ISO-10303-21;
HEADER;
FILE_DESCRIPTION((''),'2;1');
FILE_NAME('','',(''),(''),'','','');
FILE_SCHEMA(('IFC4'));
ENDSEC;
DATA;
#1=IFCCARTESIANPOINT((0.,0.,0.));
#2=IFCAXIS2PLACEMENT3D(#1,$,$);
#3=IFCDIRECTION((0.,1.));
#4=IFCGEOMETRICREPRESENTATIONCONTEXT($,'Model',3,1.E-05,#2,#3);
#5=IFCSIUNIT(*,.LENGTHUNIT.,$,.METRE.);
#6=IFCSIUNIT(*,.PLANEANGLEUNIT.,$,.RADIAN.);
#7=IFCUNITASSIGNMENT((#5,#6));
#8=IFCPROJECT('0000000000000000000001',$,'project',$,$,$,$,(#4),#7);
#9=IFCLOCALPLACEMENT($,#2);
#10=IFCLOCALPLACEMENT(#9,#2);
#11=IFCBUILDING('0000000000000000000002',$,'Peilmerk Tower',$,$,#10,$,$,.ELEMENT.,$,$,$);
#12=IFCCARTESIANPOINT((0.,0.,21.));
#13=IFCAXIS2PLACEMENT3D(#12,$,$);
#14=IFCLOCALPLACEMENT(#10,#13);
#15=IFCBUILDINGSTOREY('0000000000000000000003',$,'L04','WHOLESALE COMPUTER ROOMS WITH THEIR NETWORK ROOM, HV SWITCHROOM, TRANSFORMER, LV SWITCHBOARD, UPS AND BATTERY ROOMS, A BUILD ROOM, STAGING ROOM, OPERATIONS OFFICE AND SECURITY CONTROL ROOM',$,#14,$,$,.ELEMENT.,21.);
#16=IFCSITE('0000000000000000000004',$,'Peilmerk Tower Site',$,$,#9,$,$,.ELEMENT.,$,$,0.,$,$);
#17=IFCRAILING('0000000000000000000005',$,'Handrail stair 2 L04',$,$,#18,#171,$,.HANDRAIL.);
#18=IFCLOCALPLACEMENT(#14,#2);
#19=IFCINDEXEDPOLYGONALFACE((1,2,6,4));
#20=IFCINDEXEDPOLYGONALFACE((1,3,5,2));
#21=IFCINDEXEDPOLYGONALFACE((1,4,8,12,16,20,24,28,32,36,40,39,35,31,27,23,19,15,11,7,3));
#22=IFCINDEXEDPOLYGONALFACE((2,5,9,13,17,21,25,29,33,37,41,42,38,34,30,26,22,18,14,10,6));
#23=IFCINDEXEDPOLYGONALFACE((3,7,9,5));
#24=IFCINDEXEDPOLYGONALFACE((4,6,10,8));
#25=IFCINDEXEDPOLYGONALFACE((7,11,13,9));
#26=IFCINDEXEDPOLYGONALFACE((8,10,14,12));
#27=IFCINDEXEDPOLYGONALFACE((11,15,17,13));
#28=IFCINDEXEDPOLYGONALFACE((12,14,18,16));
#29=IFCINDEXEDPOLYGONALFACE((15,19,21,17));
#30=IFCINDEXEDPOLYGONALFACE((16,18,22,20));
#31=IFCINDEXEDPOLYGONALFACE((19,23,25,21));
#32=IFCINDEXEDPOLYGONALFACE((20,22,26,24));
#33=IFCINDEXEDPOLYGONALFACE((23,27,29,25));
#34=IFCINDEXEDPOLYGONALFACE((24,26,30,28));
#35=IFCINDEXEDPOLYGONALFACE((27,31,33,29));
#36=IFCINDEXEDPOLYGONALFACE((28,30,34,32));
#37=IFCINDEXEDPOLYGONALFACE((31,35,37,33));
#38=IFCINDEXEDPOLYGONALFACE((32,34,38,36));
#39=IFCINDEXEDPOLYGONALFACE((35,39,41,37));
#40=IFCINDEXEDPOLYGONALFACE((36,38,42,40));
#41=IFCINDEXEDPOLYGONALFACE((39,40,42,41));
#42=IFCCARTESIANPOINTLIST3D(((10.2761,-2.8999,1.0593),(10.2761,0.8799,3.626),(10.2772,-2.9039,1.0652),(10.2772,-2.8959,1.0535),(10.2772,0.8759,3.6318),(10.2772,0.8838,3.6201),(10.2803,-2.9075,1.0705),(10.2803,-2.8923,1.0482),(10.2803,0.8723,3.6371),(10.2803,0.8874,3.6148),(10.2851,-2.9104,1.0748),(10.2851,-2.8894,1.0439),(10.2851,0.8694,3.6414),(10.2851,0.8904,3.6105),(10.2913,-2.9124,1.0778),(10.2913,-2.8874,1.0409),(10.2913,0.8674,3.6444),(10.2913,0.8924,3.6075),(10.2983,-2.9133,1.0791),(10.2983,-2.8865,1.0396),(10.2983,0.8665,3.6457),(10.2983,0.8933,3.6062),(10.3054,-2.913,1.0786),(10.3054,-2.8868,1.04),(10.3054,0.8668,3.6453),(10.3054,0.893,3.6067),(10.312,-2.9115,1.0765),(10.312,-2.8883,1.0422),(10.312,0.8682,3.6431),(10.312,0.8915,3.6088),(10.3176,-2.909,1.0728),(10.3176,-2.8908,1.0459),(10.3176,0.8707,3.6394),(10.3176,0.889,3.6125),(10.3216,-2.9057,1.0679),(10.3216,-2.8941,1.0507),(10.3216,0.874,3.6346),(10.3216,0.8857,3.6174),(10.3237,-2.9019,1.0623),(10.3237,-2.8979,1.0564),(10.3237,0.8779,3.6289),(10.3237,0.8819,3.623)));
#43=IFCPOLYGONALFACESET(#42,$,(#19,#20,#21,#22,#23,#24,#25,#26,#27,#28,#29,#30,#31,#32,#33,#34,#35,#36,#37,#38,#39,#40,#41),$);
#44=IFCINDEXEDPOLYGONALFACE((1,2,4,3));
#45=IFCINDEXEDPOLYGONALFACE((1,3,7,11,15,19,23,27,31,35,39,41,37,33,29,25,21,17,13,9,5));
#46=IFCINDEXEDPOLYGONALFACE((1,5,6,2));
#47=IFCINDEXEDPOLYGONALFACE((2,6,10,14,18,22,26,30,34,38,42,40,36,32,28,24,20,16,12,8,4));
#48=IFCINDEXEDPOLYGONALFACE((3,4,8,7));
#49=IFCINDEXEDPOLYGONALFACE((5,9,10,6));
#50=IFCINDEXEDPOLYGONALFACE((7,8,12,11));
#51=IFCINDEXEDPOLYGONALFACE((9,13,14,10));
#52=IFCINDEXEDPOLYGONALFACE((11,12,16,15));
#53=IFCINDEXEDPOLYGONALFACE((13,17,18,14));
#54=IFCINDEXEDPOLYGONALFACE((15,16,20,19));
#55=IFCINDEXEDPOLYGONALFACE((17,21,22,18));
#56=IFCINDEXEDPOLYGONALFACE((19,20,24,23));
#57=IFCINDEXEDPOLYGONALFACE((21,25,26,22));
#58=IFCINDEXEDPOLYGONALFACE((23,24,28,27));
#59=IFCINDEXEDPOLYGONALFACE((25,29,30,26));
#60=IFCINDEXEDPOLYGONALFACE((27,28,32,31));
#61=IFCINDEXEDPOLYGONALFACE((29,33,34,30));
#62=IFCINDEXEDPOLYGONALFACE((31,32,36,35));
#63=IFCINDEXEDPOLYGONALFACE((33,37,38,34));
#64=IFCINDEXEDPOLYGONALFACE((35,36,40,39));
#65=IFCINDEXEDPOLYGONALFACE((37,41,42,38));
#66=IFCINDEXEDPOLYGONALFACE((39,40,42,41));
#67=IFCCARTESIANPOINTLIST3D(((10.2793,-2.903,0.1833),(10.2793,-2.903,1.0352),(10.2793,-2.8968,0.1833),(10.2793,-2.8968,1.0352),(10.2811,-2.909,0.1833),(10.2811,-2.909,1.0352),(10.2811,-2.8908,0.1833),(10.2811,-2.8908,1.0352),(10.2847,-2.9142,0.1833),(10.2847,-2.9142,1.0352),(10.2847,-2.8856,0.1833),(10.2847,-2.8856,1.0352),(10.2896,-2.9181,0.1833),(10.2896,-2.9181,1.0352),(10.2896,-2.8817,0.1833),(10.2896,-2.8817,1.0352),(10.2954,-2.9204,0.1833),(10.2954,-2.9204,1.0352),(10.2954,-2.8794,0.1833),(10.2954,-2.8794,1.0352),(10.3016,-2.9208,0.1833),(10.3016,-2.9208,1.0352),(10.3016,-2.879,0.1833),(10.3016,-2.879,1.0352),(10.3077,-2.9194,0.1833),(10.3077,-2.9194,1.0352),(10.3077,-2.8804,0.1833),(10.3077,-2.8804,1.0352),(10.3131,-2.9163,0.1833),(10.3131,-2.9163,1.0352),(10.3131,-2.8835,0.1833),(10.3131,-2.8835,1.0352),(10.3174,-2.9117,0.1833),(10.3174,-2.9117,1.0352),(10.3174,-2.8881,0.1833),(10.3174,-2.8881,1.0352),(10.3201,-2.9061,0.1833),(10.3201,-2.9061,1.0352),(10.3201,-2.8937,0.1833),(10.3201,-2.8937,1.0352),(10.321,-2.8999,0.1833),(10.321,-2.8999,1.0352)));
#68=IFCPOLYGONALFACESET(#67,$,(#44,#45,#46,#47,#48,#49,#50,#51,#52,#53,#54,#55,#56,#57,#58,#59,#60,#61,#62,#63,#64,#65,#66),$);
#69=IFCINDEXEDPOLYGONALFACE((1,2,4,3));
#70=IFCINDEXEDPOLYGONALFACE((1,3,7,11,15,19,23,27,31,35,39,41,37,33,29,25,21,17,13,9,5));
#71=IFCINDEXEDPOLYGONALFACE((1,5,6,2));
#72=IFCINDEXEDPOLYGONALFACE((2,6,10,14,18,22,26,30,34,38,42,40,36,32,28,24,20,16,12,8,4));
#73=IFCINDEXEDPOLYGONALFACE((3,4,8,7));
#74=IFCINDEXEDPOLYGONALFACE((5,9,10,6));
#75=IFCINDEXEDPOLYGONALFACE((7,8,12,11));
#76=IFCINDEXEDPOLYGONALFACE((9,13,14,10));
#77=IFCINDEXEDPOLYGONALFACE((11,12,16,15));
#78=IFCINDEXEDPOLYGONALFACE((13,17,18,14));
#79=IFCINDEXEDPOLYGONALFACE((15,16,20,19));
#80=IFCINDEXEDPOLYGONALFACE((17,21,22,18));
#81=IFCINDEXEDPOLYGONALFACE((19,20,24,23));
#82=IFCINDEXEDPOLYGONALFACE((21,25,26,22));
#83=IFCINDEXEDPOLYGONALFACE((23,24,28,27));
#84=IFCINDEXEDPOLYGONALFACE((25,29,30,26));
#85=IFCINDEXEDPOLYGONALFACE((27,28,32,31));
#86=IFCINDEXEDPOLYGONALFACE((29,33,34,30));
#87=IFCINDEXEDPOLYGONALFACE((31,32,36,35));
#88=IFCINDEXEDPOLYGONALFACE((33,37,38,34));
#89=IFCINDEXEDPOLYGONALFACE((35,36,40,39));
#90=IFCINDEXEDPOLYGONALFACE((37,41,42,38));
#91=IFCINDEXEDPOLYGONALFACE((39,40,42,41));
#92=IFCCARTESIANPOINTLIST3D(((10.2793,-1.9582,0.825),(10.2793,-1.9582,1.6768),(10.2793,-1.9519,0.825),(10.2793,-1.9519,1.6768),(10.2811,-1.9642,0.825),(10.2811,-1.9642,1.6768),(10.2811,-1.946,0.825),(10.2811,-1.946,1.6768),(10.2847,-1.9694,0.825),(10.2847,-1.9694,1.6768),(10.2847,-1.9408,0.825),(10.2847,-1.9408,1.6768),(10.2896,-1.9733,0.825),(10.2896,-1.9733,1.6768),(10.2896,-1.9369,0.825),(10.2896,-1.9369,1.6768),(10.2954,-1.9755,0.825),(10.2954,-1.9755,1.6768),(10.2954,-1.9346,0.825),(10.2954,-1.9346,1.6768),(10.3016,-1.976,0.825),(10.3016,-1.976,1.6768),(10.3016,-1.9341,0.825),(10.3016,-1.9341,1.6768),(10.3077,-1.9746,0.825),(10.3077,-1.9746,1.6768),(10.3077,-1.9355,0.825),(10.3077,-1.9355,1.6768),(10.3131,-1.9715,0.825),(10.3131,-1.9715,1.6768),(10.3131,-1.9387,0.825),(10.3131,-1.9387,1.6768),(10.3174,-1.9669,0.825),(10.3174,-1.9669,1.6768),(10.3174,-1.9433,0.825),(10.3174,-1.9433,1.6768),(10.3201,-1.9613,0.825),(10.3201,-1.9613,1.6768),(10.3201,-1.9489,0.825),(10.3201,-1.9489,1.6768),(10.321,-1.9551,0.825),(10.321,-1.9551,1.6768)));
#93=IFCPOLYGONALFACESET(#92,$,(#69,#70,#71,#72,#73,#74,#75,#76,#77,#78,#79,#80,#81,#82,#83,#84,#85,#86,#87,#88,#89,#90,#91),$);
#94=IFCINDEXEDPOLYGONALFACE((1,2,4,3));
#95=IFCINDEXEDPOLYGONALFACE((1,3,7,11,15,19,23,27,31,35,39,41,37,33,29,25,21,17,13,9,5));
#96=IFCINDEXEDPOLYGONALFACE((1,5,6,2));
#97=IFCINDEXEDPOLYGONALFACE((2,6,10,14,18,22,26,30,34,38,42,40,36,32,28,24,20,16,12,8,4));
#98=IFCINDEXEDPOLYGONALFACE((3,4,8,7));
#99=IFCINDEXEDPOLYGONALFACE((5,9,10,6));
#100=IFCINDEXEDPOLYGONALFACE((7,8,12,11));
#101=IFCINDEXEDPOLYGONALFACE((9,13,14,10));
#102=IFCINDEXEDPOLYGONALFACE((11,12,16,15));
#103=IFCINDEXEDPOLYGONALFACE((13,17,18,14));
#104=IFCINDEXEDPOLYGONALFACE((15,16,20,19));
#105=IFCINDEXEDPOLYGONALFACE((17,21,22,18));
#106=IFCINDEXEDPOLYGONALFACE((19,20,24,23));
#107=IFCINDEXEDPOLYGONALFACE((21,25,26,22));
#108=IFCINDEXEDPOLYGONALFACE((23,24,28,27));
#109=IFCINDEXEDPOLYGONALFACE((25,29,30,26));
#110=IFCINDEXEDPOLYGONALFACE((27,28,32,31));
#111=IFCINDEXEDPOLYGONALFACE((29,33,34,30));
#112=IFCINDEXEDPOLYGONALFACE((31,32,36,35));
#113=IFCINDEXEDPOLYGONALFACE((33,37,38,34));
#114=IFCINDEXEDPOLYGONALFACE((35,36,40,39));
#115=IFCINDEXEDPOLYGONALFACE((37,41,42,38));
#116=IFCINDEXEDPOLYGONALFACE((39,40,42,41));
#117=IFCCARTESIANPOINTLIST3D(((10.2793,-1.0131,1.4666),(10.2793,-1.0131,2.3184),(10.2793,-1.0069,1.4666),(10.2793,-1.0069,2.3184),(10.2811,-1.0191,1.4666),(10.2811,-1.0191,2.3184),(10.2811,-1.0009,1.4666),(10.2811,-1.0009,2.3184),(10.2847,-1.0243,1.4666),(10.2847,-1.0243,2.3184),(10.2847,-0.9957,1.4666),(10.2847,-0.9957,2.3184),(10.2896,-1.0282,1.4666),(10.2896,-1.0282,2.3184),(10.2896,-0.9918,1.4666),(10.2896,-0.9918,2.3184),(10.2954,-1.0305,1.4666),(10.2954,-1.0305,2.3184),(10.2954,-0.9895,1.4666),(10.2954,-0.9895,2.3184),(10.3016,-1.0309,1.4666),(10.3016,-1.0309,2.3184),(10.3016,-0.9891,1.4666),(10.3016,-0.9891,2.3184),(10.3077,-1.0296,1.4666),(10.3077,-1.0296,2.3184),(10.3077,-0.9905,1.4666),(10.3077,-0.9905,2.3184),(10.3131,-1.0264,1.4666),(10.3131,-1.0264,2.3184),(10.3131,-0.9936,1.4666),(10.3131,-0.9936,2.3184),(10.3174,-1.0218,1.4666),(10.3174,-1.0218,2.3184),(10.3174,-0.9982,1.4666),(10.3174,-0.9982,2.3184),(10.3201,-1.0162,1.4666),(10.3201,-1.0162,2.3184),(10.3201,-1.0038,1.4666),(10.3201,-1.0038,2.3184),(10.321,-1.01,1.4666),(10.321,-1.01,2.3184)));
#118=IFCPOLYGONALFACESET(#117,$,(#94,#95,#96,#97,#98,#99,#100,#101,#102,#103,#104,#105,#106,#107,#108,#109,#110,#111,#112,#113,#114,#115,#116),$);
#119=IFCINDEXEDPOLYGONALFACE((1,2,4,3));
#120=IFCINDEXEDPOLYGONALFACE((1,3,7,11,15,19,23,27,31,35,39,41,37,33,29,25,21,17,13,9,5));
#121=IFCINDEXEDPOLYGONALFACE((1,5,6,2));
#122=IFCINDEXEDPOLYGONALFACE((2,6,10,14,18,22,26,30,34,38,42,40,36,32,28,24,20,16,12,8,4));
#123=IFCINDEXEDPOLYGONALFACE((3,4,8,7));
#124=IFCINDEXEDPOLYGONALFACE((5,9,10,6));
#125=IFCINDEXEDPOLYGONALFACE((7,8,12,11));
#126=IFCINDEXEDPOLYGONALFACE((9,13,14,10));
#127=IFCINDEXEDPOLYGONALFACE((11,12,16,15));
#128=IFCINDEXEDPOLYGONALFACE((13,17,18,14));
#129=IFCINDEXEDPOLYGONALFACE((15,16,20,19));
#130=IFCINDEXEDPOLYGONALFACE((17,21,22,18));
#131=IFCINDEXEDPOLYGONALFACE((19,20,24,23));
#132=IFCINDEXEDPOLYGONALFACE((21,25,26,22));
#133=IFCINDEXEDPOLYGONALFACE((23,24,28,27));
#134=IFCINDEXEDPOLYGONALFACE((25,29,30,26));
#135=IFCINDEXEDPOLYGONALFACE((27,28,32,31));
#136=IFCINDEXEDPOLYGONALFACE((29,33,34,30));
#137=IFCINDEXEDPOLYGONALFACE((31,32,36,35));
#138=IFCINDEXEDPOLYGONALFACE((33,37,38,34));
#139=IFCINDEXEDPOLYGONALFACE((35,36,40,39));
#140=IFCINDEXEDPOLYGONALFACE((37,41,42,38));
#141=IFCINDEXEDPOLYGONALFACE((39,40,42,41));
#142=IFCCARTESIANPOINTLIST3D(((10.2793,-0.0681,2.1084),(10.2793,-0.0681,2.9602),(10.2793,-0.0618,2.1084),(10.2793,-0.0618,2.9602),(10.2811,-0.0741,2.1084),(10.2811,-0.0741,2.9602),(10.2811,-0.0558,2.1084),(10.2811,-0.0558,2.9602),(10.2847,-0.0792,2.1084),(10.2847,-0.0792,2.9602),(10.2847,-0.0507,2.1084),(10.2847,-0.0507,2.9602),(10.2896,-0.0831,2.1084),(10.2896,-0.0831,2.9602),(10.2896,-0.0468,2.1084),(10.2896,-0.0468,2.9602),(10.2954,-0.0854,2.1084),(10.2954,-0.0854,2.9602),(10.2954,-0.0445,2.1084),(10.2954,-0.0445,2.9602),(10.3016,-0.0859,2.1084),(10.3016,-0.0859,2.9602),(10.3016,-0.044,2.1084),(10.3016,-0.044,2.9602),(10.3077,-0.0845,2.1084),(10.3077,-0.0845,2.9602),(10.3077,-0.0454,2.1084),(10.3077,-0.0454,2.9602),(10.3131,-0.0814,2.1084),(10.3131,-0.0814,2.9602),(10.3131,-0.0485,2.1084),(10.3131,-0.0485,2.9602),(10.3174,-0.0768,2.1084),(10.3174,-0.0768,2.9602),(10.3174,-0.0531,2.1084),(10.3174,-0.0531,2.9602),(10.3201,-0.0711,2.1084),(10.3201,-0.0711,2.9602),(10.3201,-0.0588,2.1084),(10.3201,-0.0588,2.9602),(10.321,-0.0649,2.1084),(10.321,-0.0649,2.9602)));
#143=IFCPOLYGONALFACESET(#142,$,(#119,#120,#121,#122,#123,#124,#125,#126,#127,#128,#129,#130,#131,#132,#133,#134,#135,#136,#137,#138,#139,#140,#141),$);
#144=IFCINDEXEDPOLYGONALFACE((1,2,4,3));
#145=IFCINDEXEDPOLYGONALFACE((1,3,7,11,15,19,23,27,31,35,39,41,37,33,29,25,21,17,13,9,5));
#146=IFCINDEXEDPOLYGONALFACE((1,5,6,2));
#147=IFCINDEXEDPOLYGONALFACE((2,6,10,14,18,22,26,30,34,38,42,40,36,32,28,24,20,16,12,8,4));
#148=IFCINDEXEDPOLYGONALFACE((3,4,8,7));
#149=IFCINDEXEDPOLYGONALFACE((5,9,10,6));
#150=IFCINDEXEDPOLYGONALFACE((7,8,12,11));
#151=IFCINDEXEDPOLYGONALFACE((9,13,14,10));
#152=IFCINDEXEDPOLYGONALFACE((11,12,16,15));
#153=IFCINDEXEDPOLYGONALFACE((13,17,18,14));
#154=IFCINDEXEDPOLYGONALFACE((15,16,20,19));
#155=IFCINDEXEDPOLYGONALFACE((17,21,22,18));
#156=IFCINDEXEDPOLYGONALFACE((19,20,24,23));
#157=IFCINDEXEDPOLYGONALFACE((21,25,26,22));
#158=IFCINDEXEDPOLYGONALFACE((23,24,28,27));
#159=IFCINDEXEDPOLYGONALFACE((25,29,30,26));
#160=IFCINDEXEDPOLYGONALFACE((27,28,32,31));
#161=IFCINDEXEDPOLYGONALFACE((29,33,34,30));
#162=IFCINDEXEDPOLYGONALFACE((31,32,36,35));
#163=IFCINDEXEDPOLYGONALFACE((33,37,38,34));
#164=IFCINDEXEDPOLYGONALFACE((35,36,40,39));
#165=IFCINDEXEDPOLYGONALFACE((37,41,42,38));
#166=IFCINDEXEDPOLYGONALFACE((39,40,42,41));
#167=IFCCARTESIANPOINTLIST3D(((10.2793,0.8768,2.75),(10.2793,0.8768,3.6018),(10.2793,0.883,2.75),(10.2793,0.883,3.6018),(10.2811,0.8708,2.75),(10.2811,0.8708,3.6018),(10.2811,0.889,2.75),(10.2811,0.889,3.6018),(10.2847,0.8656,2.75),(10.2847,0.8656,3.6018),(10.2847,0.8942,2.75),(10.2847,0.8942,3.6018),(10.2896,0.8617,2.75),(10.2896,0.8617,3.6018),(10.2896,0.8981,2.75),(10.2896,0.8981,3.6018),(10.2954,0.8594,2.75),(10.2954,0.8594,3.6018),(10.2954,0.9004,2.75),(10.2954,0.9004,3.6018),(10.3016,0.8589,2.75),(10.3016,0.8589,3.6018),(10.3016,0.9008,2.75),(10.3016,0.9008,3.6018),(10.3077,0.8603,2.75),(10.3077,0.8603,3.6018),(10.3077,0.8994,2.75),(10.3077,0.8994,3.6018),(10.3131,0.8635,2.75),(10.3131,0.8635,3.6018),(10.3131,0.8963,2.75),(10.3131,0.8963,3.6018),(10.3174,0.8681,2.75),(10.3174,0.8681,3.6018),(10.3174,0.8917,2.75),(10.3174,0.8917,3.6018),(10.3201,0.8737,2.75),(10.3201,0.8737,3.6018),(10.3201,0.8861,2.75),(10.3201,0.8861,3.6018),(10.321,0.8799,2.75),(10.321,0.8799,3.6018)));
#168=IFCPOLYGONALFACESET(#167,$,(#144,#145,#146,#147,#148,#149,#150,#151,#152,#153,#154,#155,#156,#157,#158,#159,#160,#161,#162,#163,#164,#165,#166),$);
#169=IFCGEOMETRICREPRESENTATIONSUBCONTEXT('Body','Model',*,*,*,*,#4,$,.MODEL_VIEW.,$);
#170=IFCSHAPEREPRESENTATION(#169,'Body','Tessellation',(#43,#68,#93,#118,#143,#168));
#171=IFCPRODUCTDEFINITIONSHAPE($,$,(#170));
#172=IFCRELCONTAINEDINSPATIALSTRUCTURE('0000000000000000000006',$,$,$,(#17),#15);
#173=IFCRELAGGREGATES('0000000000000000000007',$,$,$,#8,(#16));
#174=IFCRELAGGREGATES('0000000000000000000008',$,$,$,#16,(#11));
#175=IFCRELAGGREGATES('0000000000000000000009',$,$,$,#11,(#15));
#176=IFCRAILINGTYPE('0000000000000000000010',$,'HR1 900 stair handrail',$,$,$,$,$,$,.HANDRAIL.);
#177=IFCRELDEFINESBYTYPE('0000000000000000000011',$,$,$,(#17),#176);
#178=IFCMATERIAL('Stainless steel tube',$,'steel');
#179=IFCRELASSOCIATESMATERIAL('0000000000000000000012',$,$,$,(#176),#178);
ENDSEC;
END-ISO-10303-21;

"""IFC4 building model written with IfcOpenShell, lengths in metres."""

from ifc_helpers import new_model, si_unit, direction, frame, origin, origin_2d, place, context, subcontext, project, spatial, circle, extrude, material, type_object, element, save


model = new_model("IFC4")

# Units and contexts
model_context = context("Model", 3, precision=1e-05, world=origin(), true_north=direction((0.0, 1.0)))
body_context = subcontext(model_context, "Body", "Model", "MODEL_VIEW")
ifc_project = project(units=[si_unit("LENGTHUNIT", "METRE"), si_unit("PLANEANGLEUNIT", "RADIAN")], contexts=[model_context])

# Site, building, storey
site_placement = place(None, origin())
site = spatial("IfcSite", under=ifc_project, at=site_placement, Name="Peilmerk Tower Site", CompositionType="ELEMENT", RefElevation=0.0)
building_placement = place(site_placement, origin())
building = spatial("IfcBuilding", under=site, at=building_placement, Name="Peilmerk Tower", CompositionType="ELEMENT")
storey_placement = place(building_placement, frame((0.0, 0.0, 21.0)))
storey = spatial("IfcBuildingStorey", under=building, at=storey_placement, Name="L04", Description="WHOLESALE COMPUTER ROOMS WITH THEIR NETWORK ROOM, HV SWITCHROOM, TRANSFORMER, LV SWITCHBOARD, UPS AND BATTERY ROOMS, A BUILD ROOM, STAGING ROOM, OPERATIONS OFFICE AND SECURITY CONTROL ROOM", CompositionType="ELEMENT", Elevation=21.0)

# Railing
ifc_material_1 = material(Name="Stainless steel tube", Category="steel")
railing_type_1 = type_object("IfcRailingType", Name="HR1 900 stair handrail", PredefinedType="HANDRAIL", material=ifc_material_1)
railing_1_placement = place(storey_placement, frame((10.3, -2.8999, 0.1833)))
element("IfcRailing", 1, at=railing_1_placement, inside=storey, type_object=railing_type_1, Name="Handrail stair 2 L04", PredefinedType="HANDRAIL", context=body_context, shape_type="SweptSolid", body=[
    extrude(circle(Radius=0.0239, at=origin_2d()), frame((0.0, 0.0, 0.876), z_axis=(0.0, 0.827293, 0.561771), x_axis=(-1.0, 0.0, 0.0)), (0.0, 0.0, 1.0), 4.5688),
    extrude(circle(Radius=0.021, at=origin_2d()), origin(), (0.0, 0.0, 1.0), 0.8518),
    extrude(circle(Radius=0.021, at=origin_2d()), frame((0.0, 0.9448, 0.6416)), (0.0, 0.0, 1.0), 0.8518),
    extrude(circle(Radius=0.021, at=origin_2d()), frame((0.0, 1.8899, 1.2832)), (0.0, 0.0, 1.0), 0.8518),
    extrude(circle(Radius=0.021, at=origin_2d()), frame((0.0, 2.835, 1.925)), (0.0, 0.0, 1.0), 0.8518),
    extrude(circle(Radius=0.021, at=origin_2d()), frame((0.0, 3.7798, 2.5667)), (0.0, 0.0, 1.0), 0.8518),
])

save(model, "model.ifc")
